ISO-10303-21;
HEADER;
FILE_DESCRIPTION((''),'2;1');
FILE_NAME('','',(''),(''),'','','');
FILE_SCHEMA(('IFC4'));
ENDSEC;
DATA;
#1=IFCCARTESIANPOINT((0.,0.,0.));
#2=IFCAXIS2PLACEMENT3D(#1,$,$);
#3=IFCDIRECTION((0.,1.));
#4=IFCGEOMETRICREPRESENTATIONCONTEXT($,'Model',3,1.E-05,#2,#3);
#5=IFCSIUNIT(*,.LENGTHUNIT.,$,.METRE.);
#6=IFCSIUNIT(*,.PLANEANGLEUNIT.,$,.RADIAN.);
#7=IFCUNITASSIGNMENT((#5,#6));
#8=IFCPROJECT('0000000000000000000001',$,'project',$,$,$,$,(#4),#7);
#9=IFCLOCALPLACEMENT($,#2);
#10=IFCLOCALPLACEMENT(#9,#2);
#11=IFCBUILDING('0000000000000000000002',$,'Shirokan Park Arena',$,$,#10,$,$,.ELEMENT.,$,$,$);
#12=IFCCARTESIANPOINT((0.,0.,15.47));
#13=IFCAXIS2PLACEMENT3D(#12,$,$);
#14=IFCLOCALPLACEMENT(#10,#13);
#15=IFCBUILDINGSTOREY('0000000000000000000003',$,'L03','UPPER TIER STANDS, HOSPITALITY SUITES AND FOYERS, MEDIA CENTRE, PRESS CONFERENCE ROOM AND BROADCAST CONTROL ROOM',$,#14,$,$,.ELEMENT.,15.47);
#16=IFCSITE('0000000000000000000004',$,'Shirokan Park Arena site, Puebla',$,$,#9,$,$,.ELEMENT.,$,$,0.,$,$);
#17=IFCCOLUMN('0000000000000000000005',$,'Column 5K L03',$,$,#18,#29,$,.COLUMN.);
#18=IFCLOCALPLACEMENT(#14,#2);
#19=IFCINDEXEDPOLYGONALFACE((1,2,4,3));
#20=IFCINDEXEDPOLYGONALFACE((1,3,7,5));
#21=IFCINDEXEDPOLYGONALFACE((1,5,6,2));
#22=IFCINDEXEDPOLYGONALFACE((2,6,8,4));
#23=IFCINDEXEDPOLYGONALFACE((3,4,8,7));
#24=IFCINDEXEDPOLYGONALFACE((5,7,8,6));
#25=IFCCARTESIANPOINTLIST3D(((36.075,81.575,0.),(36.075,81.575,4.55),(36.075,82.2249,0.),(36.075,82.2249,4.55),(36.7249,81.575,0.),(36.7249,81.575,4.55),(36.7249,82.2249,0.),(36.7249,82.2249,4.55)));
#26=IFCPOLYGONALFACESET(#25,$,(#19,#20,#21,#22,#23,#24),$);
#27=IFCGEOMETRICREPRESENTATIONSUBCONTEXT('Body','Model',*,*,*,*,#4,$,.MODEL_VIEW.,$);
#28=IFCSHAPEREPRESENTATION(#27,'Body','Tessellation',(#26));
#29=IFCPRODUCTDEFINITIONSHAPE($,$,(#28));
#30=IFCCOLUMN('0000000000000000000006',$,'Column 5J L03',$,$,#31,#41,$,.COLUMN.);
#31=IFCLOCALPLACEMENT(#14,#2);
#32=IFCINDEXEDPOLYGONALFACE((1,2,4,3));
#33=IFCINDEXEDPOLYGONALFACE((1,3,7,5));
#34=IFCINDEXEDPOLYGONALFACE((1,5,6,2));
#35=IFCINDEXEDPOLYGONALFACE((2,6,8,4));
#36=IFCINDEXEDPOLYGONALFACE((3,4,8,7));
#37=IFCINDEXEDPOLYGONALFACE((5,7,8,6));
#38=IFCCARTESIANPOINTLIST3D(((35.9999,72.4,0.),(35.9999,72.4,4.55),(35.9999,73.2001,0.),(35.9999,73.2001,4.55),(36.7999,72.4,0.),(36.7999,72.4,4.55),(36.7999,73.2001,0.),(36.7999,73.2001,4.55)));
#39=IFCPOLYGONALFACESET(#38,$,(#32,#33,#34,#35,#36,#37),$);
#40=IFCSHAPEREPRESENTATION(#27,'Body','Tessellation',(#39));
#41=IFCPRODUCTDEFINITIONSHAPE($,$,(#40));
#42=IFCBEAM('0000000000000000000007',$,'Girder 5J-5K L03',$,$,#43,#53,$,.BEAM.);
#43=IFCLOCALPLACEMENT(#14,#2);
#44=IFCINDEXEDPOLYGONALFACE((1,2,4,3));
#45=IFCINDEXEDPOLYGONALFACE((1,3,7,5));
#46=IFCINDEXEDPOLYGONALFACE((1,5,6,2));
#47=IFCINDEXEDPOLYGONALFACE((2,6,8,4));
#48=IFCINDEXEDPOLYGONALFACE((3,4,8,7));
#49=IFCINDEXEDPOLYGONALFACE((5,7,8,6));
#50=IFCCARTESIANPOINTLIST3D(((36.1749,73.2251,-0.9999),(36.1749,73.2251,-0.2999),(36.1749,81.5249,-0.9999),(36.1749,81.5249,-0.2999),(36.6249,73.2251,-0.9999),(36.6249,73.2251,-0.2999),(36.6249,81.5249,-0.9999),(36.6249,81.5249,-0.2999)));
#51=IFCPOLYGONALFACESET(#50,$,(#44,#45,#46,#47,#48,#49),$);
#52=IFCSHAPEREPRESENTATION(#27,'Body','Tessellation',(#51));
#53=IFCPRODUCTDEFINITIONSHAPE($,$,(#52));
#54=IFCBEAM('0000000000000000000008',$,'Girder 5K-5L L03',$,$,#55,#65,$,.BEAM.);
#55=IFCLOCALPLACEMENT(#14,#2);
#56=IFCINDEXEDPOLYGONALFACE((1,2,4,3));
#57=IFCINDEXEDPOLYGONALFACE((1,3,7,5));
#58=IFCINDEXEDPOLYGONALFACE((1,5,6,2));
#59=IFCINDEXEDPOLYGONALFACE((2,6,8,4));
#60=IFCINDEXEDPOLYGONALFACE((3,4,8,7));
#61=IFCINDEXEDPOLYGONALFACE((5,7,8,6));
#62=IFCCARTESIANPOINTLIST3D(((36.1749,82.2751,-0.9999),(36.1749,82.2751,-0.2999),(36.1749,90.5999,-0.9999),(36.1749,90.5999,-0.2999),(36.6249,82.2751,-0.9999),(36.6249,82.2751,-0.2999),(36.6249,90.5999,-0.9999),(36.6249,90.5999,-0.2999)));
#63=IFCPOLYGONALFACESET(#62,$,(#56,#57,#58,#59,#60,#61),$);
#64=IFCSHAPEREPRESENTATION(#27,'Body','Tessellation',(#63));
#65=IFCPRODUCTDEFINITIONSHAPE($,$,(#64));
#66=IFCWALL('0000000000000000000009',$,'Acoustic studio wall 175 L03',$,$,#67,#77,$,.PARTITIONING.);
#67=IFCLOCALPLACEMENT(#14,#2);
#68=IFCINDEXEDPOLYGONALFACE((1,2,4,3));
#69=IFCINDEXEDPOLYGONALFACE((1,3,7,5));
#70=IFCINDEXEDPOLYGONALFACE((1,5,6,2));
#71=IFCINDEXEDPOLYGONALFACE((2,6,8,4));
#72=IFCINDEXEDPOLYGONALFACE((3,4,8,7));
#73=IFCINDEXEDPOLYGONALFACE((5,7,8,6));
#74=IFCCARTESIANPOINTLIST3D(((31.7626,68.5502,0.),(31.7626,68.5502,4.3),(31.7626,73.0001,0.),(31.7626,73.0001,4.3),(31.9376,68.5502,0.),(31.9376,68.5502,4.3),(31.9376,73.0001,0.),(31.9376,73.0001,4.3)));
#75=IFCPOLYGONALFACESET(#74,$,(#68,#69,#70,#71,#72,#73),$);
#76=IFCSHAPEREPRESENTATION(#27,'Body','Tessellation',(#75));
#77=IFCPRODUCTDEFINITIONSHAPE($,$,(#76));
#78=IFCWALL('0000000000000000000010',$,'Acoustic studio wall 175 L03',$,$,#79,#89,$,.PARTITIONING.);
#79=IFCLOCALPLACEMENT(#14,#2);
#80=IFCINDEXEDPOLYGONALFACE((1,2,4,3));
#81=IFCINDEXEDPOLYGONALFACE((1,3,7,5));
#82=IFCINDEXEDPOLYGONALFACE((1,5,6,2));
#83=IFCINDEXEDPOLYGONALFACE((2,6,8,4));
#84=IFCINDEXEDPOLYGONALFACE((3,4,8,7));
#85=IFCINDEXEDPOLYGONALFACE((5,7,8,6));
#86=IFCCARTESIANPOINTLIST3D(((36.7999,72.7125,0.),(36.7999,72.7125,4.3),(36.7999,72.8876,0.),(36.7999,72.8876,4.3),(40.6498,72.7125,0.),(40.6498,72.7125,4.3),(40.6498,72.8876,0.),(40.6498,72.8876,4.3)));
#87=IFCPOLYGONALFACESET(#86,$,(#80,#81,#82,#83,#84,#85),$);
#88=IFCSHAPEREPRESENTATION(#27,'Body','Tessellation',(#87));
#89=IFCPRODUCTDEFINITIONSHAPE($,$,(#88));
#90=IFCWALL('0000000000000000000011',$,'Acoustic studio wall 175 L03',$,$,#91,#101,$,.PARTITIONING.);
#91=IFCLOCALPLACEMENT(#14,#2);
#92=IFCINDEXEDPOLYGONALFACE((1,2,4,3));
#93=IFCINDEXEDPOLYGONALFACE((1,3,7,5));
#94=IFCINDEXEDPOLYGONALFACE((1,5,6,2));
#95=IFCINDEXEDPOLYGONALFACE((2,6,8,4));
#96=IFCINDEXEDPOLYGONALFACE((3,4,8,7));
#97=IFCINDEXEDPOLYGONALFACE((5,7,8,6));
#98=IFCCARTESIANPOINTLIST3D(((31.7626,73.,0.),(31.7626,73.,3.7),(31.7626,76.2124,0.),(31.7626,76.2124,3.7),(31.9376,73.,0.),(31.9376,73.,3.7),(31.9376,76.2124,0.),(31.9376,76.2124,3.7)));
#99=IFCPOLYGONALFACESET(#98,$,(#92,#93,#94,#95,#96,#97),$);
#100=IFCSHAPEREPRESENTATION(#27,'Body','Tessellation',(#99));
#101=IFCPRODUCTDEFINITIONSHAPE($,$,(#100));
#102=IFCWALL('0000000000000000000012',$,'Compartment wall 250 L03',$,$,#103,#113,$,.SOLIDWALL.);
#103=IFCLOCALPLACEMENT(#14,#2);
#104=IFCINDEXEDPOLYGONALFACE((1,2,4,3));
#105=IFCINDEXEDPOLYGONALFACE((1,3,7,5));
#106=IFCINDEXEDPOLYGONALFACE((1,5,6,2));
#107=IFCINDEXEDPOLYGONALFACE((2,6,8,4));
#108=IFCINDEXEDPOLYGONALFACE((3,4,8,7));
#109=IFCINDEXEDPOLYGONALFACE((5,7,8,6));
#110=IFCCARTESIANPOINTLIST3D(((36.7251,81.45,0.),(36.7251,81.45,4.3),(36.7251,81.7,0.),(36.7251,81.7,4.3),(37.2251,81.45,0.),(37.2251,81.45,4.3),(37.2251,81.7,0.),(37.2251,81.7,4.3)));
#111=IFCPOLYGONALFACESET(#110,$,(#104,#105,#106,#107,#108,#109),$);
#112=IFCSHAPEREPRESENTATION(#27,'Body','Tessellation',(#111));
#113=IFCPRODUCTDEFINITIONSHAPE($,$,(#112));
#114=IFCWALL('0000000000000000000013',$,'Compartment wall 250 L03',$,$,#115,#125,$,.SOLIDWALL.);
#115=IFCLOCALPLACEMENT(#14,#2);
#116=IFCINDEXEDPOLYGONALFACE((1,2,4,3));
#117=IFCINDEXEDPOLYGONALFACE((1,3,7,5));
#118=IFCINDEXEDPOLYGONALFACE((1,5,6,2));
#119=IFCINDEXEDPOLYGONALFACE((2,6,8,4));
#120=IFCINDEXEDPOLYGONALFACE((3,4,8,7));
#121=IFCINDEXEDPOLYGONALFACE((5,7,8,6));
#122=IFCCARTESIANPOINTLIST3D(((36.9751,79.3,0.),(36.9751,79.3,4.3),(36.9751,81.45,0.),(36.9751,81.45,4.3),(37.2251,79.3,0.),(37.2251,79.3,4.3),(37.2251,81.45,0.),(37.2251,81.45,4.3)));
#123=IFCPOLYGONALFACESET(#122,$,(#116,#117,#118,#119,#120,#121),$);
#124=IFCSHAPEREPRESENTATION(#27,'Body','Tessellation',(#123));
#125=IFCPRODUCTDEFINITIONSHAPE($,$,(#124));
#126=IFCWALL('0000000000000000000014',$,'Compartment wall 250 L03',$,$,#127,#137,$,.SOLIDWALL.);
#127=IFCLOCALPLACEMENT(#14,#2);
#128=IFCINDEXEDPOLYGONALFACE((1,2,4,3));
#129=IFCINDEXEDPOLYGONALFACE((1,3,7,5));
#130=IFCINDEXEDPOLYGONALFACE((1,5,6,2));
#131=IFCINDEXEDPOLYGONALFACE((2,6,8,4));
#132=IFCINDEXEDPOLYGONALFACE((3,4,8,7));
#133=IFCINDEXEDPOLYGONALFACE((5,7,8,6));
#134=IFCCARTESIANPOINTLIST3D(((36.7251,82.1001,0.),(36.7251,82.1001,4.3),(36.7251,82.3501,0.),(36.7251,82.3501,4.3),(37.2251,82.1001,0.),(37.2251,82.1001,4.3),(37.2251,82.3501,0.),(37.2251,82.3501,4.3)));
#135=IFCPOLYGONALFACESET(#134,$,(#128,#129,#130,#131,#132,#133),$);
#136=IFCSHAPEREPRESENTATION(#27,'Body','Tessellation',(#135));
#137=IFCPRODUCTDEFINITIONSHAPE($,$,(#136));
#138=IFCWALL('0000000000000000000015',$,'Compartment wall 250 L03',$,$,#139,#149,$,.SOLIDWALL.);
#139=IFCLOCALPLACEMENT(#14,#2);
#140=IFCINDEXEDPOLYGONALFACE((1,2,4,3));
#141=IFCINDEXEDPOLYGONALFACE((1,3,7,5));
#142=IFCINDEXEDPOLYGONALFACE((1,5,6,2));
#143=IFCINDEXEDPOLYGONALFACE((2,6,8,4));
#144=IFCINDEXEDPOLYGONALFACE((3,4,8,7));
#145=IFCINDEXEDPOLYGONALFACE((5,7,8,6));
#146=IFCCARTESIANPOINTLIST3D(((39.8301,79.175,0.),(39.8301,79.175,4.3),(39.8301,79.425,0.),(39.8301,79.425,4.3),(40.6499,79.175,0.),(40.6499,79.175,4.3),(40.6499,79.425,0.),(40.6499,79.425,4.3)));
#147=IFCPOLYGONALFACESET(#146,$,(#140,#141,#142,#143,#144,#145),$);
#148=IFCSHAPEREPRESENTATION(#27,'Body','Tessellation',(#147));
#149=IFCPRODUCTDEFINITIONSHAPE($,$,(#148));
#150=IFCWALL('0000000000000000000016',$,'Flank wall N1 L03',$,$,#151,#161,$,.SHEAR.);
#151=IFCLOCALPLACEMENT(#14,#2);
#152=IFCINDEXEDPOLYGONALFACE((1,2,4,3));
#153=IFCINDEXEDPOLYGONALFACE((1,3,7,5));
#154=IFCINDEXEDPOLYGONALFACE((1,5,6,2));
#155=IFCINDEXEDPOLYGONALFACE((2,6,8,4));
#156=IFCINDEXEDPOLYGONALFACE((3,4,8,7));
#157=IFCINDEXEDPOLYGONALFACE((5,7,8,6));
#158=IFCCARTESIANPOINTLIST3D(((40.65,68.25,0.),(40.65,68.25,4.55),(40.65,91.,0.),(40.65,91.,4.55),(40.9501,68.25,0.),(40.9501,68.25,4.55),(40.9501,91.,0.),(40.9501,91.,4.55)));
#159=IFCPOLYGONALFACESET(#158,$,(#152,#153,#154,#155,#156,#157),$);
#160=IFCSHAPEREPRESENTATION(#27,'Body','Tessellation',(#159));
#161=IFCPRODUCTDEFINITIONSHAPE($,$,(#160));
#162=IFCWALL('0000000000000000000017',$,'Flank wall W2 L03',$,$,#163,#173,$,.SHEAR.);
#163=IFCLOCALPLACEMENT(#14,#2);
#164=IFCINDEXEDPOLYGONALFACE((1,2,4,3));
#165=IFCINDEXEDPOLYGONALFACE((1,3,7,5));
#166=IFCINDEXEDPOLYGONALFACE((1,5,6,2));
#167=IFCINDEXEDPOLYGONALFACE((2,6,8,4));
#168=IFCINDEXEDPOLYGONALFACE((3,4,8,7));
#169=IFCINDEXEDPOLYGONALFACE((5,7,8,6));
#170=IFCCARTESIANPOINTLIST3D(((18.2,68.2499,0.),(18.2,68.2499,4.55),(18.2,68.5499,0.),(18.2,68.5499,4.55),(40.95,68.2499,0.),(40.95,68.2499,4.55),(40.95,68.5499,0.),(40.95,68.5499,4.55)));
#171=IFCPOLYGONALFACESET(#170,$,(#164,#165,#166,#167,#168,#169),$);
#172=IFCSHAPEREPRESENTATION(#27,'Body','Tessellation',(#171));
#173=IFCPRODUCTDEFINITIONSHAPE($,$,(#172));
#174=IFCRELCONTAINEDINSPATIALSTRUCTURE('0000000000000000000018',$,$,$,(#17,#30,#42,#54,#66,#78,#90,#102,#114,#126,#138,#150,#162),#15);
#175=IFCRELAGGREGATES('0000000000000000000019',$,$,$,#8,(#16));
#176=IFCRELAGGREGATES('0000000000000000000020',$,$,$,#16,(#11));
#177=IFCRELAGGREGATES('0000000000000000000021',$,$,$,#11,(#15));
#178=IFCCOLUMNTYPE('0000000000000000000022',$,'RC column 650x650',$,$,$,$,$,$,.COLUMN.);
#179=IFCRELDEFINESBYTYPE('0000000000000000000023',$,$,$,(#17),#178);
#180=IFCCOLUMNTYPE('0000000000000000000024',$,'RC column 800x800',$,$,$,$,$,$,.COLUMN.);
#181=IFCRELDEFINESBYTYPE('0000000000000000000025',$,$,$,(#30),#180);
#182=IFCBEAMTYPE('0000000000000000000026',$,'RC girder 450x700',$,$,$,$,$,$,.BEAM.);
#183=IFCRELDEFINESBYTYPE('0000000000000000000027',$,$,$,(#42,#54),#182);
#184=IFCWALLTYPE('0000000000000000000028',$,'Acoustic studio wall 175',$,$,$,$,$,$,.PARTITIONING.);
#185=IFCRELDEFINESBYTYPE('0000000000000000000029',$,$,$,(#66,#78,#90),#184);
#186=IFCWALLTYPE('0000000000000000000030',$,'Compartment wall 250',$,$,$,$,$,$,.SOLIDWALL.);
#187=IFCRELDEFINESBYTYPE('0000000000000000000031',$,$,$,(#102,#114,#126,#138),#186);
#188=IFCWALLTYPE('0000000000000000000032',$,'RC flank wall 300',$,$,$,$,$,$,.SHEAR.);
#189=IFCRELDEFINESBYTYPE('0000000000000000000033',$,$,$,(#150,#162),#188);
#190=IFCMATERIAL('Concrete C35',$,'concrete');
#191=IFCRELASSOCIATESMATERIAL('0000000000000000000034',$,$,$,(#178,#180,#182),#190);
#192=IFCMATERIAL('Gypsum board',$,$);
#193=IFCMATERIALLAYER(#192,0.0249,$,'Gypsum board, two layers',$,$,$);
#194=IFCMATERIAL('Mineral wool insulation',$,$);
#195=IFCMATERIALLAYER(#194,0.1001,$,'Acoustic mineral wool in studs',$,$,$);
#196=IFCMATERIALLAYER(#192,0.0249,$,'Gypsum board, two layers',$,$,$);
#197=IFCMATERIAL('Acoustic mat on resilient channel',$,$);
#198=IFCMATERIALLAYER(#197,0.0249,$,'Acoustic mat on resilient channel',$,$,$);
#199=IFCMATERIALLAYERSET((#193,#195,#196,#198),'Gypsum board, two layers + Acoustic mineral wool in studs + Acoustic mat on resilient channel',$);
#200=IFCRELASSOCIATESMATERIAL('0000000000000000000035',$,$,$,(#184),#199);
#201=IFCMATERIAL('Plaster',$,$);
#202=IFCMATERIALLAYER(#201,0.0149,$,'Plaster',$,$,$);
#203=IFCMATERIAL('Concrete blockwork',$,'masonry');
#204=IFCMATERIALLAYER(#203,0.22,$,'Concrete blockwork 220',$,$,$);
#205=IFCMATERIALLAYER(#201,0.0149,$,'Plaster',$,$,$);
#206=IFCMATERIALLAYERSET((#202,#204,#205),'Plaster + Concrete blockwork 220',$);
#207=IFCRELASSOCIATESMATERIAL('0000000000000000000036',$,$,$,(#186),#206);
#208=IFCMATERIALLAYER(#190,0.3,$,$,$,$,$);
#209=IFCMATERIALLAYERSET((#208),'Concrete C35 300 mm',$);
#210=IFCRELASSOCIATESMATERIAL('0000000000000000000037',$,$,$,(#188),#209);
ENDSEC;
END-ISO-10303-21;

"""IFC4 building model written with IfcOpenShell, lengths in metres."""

from ifc_helpers import new_model, si_unit, direction, frame, frame_2d, origin, origin_2d, place, context, subcontext, project, spatial, rectangle, extrude, material, layer, layer_set, material_profile, profile_set, type_object, element, save


model = new_model("IFC4")

# Units and contexts
model_context = context("Model", 3, precision=1e-05, world=origin(), true_north=direction((0.0, 1.0)))
body_context = subcontext(model_context, "Body", "Model", "MODEL_VIEW")
ifc_project = project(units=[si_unit("LENGTHUNIT", "METRE"), si_unit("PLANEANGLEUNIT", "RADIAN")], contexts=[model_context])

# Site, building, storey
site_placement = place(None, origin())
site = spatial("IfcSite", under=ifc_project, at=site_placement, Name="Shirokan Park Arena site, Puebla", CompositionType="ELEMENT", RefElevation=0.0)
building_placement = place(site_placement, origin())
building = spatial("IfcBuilding", under=site, at=building_placement, Name="Shirokan Park Arena", CompositionType="ELEMENT")
storey_placement = place(building_placement, frame((0.0, 0.0, 15.47)))
storey = spatial("IfcBuildingStorey", under=building, at=storey_placement, Name="L03", Description="UPPER TIER STANDS, HOSPITALITY SUITES AND FOYERS, MEDIA CENTRE, PRESS CONFERENCE ROOM AND BROADCAST CONTROL ROOM", CompositionType="ELEMENT", Elevation=15.47)

# Columns
ifc_material_1 = material(Name="Concrete C35", Category="concrete")
ifc_material_profile_1 = material_profile(ifc_material_1, rectangle(XDim=0.6499, YDim=0.6499, at=origin_2d()), Name="650x650")
ifc_profile_set_1 = profile_set([ifc_material_profile_1], Name="Concrete C35")
column_type_1 = type_object("IfcColumnType", Name="RC column 650x650", PredefinedType="COLUMN", material=ifc_profile_set_1)
column_1_placement = place(storey_placement, frame((36.3999, 81.8999, 0.0), z_axis=(0.0, 0.0, 1.0), x_axis=(1.0, 0.0, 0.0)))
element("IfcColumn", 1, at=column_1_placement, inside=storey, type_object=column_type_1, Name="Column 5K L03", PredefinedType="COLUMN", context=body_context, shape_type="SweptSolid", body=[
    extrude(rectangle(XDim=0.6499, YDim=0.6499, at=origin_2d()), origin(), (0.0, 0.0, 1.0), 4.55),
])
ifc_material_profile_2 = material_profile(ifc_material_1, rectangle(XDim=0.8, YDim=0.8, at=origin_2d()), Name="800x800")
ifc_profile_set_2 = profile_set([ifc_material_profile_2], Name="Concrete C35")
column_type_2 = type_object("IfcColumnType", Name="RC column 800x800", PredefinedType="COLUMN", material=ifc_profile_set_2)
column_2_placement = place(storey_placement, frame((36.3999, 72.8, 0.0), z_axis=(0.0, 0.0, 1.0), x_axis=(1.0, 0.0, 0.0)))
element("IfcColumn", 2, at=column_2_placement, inside=storey, type_object=column_type_2, Name="Column 5J L03", PredefinedType="COLUMN", context=body_context, shape_type="SweptSolid", body=[
    extrude(rectangle(XDim=0.8, YDim=0.8, at=origin_2d()), origin(), (0.0, 0.0, 1.0), 4.55),
])

# Beams
ifc_material_profile_3 = material_profile(ifc_material_1, rectangle(XDim=0.45, YDim=0.7, at=origin_2d()), Name="450x700")
ifc_profile_set_3 = profile_set([ifc_material_profile_3], Name="Concrete C35")
beam_type = type_object("IfcBeamType", Name="RC girder 450x700", PredefinedType="BEAM", material=ifc_profile_set_3)
beam_1_placement = place(storey_placement, frame((36.3999, 73.2251, -0.6499), z_axis=(0.0, 1.0, 0.0), x_axis=(-1.0, 0.0, 0.0)))
element("IfcBeam", 3, at=beam_1_placement, inside=storey, type_object=beam_type, Name="Girder 5J-5K L03", PredefinedType="BEAM", context=body_context, shape_type="SweptSolid", body=[
    extrude(rectangle(XDim=0.45, YDim=0.7, at=origin_2d()), origin(), (0.0, 0.0, 1.0), 8.2998),
])
beam_2_placement = place(storey_placement, frame((36.3999, 82.2751, -0.6499), z_axis=(0.0, 1.0, 0.0), x_axis=(-1.0, 0.0, 0.0)))
element("IfcBeam", 4, at=beam_2_placement, inside=storey, type_object=beam_type, Name="Girder 5K-5L L03", PredefinedType="BEAM", context=body_context, shape_type="SweptSolid", body=[
    extrude(rectangle(XDim=0.45, YDim=0.7, at=origin_2d()), origin(), (0.0, 0.0, 1.0), 8.3247),
])

# Wall
ifc_material_2 = material(Name="Gypsum board")
ifc_layer_1 = layer(ifc_material_2, 0.0249, Name="Gypsum board, two layers")
ifc_material_3 = material(Name="Mineral wool insulation")
ifc_layer_2 = layer(ifc_material_3, 0.1001, Name="Acoustic mineral wool in studs")
ifc_layer_3 = layer(ifc_material_2, 0.0249, Name="Gypsum board, two layers")
ifc_material_4 = material(Name="Acoustic mat on resilient channel")
ifc_layer_4 = layer(ifc_material_4, 0.0249, Name="Acoustic mat on resilient channel")
ifc_layer_set_1 = layer_set([ifc_layer_1, ifc_layer_2, ifc_layer_3, ifc_layer_4], Name="Gypsum board, two layers + Acoustic mineral wool in studs + Acoustic mat on resilient channel")
wall_type_1 = type_object("IfcWallType", Name="Acoustic studio wall 175", PredefinedType="PARTITIONING", material=ifc_layer_set_1)
wall_1_placement = place(storey_placement, frame((31.8501, 68.55, 0.0), z_axis=(0.0, 0.0, 1.0), x_axis=(0.0, 1.0, 0.0)))
element("IfcWall", 5, at=wall_1_placement, inside=storey, type_object=wall_type_1, Name="Acoustic studio wall 175 L03", PredefinedType="PARTITIONING", context=body_context, shape_type="SweptSolid", body=[
    extrude(rectangle(XDim=4.45, YDim=0.175, at=frame_2d((2.2251, 0.0))), origin(), (0.0, 0.0, 1.0), 4.3),
])

# Walls
wall_2_placement = place(storey_placement, frame((36.8, 72.8, 0.0), z_axis=(0.0, 0.0, 1.0), x_axis=(1.0, 0.0, 0.0)))
element("IfcWall", 6, at=wall_2_placement, inside=storey, type_object=wall_type_1, Name="Acoustic studio wall 175 L03", PredefinedType="PARTITIONING", context=body_context, shape_type="SweptSolid", body=[
    extrude(rectangle(XDim=3.8499, YDim=0.175, at=frame_2d((1.9248, 0.0))), origin(), (0.0, 0.0, 1.0), 4.3),
])
wall_3_placement = place(storey_placement, frame((31.8501, 73.0, 0.0), z_axis=(0.0, 0.0, 1.0), x_axis=(0.0, 1.0, 0.0)))
element("IfcWall", 7, at=wall_3_placement, inside=storey, type_object=wall_type_1, Name="Acoustic studio wall 175 L03", PredefinedType="PARTITIONING", context=body_context, shape_type="SweptSolid", body=[
    extrude(rectangle(XDim=3.2124, YDim=0.175, at=frame_2d((1.6062, 0.0))), origin(), (0.0, 0.0, 1.0), 3.7),
])
ifc_material_5 = material(Name="Plaster")
ifc_layer_5 = layer(ifc_material_5, 0.0149, Name="Plaster")
ifc_material_6 = material(Name="Concrete blockwork", Category="masonry")
ifc_layer_6 = layer(ifc_material_6, 0.22, Name="Concrete blockwork 220")
ifc_layer_7 = layer(ifc_material_5, 0.0149, Name="Plaster")
ifc_layer_set_2 = layer_set([ifc_layer_5, ifc_layer_6, ifc_layer_7], Name="Plaster + Concrete blockwork 220")
wall_type_2 = type_object("IfcWallType", Name="Compartment wall 250", PredefinedType="SOLIDWALL", material=ifc_layer_set_2)
wall_4_placement = place(storey_placement, frame((36.7251, 81.575, 0.0), z_axis=(0.0, 0.0, 1.0), x_axis=(1.0, 0.0, 0.0)))
element("IfcWall", 8, at=wall_4_placement, inside=storey, type_object=wall_type_2, Name="Compartment wall 250 L03", PredefinedType="SOLIDWALL", context=body_context, shape_type="SweptSolid", body=[
    extrude(rectangle(XDim=0.5, YDim=0.25, at=frame_2d((0.25, 0.0))), origin(), (0.0, 0.0, 1.0), 4.3),
])
wall_5_placement = place(storey_placement, frame((37.1001, 81.45, 0.0), z_axis=(0.0, 0.0, 1.0), x_axis=(0.0, -1.0, 0.0)))
element("IfcWall", 9, at=wall_5_placement, inside=storey, type_object=wall_type_2, Name="Compartment wall 250 L03", PredefinedType="SOLIDWALL", context=body_context, shape_type="SweptSolid", body=[
    extrude(rectangle(XDim=2.1499, YDim=0.25, at=frame_2d((1.075, 0.0))), origin(), (0.0, 0.0, 1.0), 4.3),
])
wall_6_placement = place(storey_placement, frame((37.2251, 82.2251, 0.0), z_axis=(0.0, 0.0, 1.0), x_axis=(-1.0, 0.0, 0.0)))
element("IfcWall", 10, at=wall_6_placement, inside=storey, type_object=wall_type_2, Name="Compartment wall 250 L03", PredefinedType="SOLIDWALL", context=body_context, shape_type="SweptSolid", body=[
    extrude(rectangle(XDim=0.5, YDim=0.25, at=frame_2d((0.25, 0.0))), origin(), (0.0, 0.0, 1.0), 4.3),
])
wall_7_placement = place(storey_placement, frame((40.6499, 79.3, 0.0), z_axis=(0.0, 0.0, 1.0), x_axis=(-1.0, 0.0, 0.0)))
element("IfcWall", 11, at=wall_7_placement, inside=storey, type_object=wall_type_2, Name="Compartment wall 250 L03", PredefinedType="SOLIDWALL", context=body_context, shape_type="SweptSolid", body=[
    extrude(rectangle(XDim=0.8198, YDim=0.25, at=frame_2d((0.4099, 0.0))), origin(), (0.0, 0.0, 1.0), 4.3),
])
ifc_layer_8 = layer(ifc_material_1, 0.3)
ifc_layer_set_3 = layer_set([ifc_layer_8], Name="Concrete C35 300 mm")
wall_type_3 = type_object("IfcWallType", Name="RC flank wall 300", PredefinedType="SHEAR", material=ifc_layer_set_3)
for number, where, z_axis, x_axis, name in (
    (12, (40.8, 68.25, 0.0), (0.0, 0.0, 1.0), (0.0, 1.0, 0.0), "Flank wall N1 L03"),
    (13, (40.95, 68.3999, 0.0), (0.0, 0.0, 1.0), (-1.0, 0.0, 0.0), "Flank wall W2 L03"),
):
    element("IfcWall", number, at=place(storey_placement, frame(where, z_axis=z_axis, x_axis=x_axis)), inside=storey, type_object=wall_type_3, Name=name, PredefinedType="SHEAR", context=body_context, shape_type="SweptSolid", body=[
        extrude(rectangle(XDim=22.75, YDim=0.3, at=frame_2d((11.375, 0.0))), origin(), (0.0, 0.0, 1.0), 4.55),
    ])

save(model, "model.ifc")
